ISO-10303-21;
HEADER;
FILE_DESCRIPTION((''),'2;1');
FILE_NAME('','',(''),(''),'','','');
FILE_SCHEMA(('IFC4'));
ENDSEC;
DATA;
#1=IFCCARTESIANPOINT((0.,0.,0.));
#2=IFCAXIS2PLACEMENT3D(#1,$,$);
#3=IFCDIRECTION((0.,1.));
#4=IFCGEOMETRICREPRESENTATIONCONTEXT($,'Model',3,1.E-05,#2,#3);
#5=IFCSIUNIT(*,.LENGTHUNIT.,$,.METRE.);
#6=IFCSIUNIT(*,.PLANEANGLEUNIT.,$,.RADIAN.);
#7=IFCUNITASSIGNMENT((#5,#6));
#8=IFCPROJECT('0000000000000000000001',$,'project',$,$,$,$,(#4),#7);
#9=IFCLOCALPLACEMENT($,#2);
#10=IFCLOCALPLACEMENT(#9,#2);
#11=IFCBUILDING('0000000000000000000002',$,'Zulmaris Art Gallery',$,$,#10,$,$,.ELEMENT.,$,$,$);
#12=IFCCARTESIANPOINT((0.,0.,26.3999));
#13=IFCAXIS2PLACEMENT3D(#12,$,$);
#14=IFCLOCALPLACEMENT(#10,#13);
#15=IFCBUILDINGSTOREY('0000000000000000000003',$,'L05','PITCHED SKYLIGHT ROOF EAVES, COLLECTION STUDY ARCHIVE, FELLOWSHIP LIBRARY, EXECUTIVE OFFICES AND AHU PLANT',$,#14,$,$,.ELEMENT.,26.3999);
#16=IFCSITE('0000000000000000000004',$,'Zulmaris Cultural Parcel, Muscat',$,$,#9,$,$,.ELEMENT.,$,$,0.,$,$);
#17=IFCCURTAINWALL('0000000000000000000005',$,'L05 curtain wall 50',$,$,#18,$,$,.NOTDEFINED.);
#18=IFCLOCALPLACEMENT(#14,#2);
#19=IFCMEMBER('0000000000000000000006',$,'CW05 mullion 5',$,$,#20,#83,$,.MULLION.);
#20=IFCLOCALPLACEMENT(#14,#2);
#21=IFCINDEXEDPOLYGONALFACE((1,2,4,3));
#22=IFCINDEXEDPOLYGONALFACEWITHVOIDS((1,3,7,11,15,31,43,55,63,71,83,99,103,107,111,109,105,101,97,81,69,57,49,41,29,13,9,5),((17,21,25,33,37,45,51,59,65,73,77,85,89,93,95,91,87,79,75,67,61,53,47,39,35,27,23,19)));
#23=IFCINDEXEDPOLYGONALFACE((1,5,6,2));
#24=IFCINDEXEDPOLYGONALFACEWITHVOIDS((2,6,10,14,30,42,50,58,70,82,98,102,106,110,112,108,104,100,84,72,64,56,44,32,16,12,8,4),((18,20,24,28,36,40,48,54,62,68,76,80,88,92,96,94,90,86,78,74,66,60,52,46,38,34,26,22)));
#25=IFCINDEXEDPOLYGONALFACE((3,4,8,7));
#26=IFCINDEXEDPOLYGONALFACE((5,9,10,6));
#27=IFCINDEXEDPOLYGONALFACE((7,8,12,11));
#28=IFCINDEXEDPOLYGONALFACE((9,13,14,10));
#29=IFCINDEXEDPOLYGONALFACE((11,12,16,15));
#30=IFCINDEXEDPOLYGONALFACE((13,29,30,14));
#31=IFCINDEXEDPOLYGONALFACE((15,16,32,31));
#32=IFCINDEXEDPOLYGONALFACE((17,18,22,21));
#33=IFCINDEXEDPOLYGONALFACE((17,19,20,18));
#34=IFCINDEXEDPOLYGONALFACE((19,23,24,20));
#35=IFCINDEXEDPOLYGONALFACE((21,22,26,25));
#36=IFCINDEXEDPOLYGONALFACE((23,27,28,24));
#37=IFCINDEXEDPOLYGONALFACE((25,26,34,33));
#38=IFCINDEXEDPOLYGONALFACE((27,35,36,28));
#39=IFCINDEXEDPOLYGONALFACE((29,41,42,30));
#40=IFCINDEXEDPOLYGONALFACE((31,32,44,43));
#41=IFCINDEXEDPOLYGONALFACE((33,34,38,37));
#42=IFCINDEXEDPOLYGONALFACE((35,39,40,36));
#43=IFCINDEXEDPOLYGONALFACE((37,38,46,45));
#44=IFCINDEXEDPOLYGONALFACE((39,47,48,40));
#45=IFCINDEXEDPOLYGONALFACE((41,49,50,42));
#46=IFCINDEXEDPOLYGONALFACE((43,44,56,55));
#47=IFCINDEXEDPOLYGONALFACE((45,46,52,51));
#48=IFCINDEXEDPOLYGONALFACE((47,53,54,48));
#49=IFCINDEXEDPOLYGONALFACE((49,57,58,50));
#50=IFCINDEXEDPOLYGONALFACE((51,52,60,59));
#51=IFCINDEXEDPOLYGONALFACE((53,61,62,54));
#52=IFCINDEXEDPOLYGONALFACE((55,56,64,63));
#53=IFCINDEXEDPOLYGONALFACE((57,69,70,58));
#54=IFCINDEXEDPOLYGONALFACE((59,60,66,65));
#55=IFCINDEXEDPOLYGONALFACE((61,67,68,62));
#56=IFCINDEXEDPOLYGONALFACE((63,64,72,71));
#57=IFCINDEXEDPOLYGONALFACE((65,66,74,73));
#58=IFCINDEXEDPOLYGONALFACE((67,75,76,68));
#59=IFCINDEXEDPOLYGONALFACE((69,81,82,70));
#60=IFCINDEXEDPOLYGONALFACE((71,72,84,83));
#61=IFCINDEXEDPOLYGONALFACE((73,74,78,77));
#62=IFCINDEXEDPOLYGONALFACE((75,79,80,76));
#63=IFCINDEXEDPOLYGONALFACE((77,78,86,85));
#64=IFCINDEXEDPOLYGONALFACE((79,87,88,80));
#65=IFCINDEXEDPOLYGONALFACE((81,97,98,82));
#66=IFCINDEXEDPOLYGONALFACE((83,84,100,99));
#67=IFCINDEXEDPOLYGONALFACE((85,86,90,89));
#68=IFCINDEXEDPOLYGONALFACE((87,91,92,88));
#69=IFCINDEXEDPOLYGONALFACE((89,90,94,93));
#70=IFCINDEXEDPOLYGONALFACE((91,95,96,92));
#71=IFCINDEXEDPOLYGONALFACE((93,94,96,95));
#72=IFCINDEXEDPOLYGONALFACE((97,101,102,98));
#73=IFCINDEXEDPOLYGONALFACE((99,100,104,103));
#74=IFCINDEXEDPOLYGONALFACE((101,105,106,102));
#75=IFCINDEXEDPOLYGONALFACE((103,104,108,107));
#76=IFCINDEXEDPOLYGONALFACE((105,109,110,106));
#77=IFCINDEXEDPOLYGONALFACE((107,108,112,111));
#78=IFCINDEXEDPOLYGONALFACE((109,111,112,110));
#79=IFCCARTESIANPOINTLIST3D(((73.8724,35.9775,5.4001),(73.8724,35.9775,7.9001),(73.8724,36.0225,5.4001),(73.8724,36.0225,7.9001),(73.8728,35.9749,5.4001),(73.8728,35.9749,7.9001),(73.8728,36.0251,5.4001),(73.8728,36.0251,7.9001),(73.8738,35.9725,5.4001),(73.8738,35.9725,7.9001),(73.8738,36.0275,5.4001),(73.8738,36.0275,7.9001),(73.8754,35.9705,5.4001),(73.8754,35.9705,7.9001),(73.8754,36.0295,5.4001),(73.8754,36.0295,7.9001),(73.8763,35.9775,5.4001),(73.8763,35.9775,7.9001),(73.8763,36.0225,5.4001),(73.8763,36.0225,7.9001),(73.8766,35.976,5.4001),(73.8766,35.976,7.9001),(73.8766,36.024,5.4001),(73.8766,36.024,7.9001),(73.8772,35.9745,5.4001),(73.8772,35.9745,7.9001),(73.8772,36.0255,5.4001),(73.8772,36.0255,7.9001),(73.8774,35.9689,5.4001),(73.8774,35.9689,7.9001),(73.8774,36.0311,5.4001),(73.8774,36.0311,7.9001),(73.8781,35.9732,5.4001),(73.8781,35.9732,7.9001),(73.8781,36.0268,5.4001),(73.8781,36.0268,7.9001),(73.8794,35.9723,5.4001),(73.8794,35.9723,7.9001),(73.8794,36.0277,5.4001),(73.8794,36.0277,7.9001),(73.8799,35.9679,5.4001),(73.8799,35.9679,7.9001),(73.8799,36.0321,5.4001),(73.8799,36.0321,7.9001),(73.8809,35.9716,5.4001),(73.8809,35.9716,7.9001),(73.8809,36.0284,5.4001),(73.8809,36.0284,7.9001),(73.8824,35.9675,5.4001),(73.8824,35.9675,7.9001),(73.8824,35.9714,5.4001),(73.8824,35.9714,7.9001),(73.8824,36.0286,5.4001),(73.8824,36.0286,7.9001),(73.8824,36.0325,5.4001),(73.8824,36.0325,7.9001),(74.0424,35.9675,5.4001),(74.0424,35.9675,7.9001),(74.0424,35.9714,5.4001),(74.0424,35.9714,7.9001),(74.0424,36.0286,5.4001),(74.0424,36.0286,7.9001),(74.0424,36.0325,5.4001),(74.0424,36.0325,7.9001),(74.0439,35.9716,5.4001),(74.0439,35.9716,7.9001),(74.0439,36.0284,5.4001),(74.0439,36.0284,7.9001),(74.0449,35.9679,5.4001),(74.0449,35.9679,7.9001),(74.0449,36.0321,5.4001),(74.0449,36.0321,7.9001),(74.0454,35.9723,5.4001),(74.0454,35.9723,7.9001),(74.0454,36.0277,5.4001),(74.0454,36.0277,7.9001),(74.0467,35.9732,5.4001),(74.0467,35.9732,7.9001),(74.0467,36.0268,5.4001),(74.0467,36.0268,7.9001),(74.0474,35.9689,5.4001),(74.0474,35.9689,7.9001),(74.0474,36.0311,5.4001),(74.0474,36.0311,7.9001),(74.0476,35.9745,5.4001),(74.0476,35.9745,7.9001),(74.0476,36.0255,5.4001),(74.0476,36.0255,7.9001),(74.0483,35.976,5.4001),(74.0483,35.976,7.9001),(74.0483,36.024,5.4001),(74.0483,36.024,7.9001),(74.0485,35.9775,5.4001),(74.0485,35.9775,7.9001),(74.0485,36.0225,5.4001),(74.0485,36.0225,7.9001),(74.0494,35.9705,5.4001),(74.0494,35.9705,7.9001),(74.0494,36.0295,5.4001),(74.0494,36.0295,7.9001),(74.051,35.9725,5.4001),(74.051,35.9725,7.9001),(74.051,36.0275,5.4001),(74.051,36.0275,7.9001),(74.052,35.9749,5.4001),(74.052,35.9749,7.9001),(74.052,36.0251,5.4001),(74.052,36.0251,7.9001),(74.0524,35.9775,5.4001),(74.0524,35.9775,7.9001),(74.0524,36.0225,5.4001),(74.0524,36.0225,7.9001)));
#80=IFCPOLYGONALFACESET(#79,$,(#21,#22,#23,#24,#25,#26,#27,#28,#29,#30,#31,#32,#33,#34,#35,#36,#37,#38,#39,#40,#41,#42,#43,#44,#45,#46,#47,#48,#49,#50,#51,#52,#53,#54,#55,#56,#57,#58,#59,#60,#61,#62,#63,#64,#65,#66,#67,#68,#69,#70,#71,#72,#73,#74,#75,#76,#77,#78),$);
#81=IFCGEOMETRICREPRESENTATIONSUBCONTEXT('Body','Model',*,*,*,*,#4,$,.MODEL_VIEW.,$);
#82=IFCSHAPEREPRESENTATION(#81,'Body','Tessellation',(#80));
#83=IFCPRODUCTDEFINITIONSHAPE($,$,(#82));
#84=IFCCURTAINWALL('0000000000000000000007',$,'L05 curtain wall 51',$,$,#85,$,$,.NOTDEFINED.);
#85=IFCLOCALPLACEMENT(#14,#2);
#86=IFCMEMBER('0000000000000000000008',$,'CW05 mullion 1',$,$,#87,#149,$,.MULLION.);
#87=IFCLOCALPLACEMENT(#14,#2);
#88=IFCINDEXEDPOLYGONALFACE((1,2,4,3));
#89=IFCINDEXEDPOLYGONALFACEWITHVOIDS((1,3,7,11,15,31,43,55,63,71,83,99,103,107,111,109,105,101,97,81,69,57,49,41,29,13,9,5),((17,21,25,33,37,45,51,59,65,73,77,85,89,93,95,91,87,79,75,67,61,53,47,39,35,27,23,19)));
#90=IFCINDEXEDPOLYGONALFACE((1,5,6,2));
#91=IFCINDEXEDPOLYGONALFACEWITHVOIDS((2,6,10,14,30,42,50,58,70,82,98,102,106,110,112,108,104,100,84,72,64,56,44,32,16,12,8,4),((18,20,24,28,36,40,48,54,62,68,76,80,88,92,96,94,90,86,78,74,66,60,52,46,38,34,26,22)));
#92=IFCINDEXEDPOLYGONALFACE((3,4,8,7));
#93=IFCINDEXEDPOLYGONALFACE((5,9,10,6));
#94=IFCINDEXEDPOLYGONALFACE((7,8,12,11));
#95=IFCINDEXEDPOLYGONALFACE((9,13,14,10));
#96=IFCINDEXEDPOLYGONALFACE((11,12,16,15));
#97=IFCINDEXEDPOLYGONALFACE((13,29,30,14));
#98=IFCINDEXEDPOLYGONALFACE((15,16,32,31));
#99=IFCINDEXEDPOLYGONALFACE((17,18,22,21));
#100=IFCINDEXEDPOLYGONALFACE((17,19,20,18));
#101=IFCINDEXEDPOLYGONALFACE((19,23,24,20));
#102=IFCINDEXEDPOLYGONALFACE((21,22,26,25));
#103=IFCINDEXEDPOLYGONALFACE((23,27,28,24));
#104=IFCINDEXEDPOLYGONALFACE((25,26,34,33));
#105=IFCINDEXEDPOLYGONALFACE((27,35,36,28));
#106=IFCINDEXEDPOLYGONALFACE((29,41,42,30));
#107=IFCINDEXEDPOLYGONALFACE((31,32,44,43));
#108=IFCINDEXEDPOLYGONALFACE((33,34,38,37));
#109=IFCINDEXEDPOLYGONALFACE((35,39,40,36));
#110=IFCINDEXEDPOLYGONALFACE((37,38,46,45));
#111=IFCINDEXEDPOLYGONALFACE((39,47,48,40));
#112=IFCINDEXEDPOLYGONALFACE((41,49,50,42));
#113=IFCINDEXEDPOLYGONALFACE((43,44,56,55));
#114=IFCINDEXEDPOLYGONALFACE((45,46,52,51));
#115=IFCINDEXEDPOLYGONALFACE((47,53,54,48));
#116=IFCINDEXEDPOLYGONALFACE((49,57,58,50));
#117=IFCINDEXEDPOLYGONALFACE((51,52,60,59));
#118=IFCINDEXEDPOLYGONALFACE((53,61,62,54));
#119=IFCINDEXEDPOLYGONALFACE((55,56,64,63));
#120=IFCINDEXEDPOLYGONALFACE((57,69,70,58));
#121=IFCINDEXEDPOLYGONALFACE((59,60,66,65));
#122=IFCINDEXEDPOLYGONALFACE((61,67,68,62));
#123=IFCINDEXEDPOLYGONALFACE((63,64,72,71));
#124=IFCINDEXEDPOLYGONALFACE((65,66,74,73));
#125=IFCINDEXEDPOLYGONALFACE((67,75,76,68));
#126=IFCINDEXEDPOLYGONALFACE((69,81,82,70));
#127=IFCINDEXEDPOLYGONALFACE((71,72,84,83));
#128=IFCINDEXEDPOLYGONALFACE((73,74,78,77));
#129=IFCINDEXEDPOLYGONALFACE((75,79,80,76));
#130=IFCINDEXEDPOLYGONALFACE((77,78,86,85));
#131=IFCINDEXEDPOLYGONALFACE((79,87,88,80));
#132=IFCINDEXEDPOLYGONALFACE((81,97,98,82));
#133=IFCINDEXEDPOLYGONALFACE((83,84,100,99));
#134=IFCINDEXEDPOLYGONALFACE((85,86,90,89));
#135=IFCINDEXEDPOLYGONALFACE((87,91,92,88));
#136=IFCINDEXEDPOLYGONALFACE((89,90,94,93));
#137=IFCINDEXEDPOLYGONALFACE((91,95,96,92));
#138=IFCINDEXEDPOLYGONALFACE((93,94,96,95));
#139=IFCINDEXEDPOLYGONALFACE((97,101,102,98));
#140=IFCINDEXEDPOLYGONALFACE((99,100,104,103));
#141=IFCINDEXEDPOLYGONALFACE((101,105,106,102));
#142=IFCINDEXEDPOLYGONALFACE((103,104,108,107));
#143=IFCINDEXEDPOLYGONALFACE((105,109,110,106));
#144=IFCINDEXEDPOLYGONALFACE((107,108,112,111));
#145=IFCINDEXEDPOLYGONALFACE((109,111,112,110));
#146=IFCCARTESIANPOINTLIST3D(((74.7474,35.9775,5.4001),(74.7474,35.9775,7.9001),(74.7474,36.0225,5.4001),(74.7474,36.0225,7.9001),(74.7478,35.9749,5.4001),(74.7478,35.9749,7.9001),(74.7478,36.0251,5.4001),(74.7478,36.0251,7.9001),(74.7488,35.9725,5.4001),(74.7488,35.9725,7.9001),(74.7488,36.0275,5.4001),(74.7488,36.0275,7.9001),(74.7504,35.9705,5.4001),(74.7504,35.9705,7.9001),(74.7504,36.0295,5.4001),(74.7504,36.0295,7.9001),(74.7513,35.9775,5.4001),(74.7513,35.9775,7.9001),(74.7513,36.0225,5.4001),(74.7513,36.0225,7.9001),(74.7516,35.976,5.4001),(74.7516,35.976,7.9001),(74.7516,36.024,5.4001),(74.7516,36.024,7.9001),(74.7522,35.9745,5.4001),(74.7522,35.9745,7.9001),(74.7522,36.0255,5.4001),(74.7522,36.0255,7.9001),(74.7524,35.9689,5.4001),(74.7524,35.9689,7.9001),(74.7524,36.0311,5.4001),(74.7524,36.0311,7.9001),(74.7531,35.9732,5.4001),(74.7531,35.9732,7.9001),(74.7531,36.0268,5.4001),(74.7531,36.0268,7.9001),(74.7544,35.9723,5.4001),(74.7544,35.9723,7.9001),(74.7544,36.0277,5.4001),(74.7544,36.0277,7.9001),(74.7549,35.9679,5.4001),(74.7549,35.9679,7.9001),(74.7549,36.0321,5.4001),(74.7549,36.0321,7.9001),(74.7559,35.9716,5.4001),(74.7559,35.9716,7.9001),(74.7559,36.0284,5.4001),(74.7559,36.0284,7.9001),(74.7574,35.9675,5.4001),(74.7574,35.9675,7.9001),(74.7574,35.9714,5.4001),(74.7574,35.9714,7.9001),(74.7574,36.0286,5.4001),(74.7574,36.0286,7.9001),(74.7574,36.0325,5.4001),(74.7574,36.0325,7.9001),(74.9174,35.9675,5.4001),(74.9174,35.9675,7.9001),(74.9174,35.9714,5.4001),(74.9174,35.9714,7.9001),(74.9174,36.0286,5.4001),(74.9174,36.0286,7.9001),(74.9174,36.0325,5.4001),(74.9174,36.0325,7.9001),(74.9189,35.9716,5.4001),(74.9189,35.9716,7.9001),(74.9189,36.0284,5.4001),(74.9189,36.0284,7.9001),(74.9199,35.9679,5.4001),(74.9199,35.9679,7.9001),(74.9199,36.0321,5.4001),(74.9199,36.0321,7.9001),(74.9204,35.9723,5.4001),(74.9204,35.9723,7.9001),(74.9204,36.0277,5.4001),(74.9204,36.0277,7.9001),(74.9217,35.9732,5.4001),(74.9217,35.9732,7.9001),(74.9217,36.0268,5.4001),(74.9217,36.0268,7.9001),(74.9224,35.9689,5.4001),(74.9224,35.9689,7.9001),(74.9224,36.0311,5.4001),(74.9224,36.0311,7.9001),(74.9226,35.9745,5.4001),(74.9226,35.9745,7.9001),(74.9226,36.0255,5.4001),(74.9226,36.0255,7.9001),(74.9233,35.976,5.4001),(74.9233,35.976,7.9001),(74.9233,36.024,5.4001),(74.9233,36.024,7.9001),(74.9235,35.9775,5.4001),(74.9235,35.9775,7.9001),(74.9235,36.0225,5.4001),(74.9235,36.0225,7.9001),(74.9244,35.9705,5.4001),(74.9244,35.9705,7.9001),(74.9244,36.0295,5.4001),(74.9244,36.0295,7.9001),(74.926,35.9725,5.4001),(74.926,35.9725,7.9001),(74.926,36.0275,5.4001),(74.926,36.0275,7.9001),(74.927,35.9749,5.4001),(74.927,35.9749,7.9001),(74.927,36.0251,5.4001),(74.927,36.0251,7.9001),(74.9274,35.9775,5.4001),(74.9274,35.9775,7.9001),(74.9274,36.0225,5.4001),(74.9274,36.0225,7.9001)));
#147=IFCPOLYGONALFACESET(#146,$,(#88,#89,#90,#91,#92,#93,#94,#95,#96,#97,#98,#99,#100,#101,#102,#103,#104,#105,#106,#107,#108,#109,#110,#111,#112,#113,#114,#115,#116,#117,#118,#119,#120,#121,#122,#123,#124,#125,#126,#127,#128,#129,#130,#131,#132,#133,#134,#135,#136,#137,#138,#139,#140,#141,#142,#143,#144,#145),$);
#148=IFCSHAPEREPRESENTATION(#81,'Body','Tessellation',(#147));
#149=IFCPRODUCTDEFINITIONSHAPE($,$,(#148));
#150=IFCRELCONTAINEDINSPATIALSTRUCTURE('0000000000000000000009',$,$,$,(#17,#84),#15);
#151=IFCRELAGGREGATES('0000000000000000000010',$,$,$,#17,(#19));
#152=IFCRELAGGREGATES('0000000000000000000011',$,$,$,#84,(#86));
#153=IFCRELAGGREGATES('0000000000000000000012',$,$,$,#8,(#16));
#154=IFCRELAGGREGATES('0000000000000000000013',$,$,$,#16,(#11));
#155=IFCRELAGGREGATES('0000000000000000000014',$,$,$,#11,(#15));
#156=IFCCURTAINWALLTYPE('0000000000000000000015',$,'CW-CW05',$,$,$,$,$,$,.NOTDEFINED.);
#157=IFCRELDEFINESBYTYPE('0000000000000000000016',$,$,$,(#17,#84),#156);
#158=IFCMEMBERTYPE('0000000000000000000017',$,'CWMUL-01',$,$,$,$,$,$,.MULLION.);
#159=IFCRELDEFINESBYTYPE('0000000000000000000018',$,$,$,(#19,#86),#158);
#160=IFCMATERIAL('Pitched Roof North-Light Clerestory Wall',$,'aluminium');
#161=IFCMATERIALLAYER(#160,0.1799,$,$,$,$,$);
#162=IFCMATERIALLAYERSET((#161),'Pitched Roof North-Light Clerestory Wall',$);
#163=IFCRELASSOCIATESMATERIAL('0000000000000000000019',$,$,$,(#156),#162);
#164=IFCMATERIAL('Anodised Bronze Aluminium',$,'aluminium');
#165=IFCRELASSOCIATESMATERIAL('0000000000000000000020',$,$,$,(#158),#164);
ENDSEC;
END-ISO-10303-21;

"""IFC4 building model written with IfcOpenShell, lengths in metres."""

from ifc_helpers import new_model, si_unit, direction, frame, origin, origin_2d, place, context, subcontext, project, spatial, hollow_rectangle, extrude, material, layer, layer_set, material_profile, profile_set, type_object, element, aggregate, save


model = new_model("IFC4")

# Units and contexts
model_context = context("Model", 3, precision=1e-05, world=origin(), true_north=direction((0.0, 1.0)))
body_context = subcontext(model_context, "Body", "Model", "MODEL_VIEW")
ifc_project = project(units=[si_unit("LENGTHUNIT", "METRE"), si_unit("PLANEANGLEUNIT", "RADIAN")], contexts=[model_context])

# Site, building, storey
site_placement = place(None, origin())
site = spatial("IfcSite", under=ifc_project, at=site_placement, Name="Zulmaris Cultural Parcel, Muscat", CompositionType="ELEMENT", RefElevation=0.0)
building_placement = place(site_placement, origin())
building = spatial("IfcBuilding", under=site, at=building_placement, Name="Zulmaris Art Gallery", CompositionType="ELEMENT")
storey_placement = place(building_placement, frame((0.0, 0.0, 26.3999)))
storey = spatial("IfcBuildingStorey", under=building, at=storey_placement, Name="L05", Description="PITCHED SKYLIGHT ROOF EAVES, COLLECTION STUDY ARCHIVE, FELLOWSHIP LIBRARY, EXECUTIVE OFFICES AND AHU PLANT", CompositionType="ELEMENT", Elevation=26.3999)

# Curtain wall, member
ifc_material_1 = material(Name="Pitched Roof North-Light Clerestory Wall", Category="aluminium")
ifc_layer_1 = layer(ifc_material_1, 0.1799)
ifc_layer_set_1 = layer_set([ifc_layer_1], Name="Pitched Roof North-Light Clerestory Wall")
curtain_wall_type = type_object("IfcCurtainWallType", Name="CW-CW05", PredefinedType="NOTDEFINED", material=ifc_layer_set_1)
curtain_wall_1_placement = place(storey_placement, origin())
curtain_wall_1 = element("IfcCurtainWall", 1, at=curtain_wall_1_placement, inside=storey, type_object=curtain_wall_type, Name="L05 curtain wall 50", PredefinedType="NOTDEFINED")
ifc_material_2 = material(Name="Anodised Bronze Aluminium", Category="aluminium")
ifc_material_profile_1 = material_profile(ifc_material_2, hollow_rectangle(XDim=0.0649, YDim=0.1799, WallThickness=0.0039, InnerFilletRadius=0.0061, OuterFilletRadius=0.01, at=origin_2d()), Name="ALU 65x180x4")
ifc_profile_set_1 = profile_set([ifc_material_profile_1], Name="Anodised Bronze Aluminium")
member_type_1 = type_object("IfcMemberType", Name="CWMUL-01", PredefinedType="MULLION", material=ifc_profile_set_1)
member_1_placement = place(storey_placement, frame((73.9624, 36.0, 5.4001), z_axis=(0.0, 0.0, 1.0), x_axis=(0.0, 1.0, 0.0)))
member_1 = element("IfcMember", 2, at=member_1_placement, type_object=member_type_1, Name="CW05 mullion 5", PredefinedType="MULLION", context=body_context, shape_type="SweptSolid", body=[
    extrude(hollow_rectangle(XDim=0.0649, YDim=0.1799, WallThickness=0.0039, InnerFilletRadius=0.0061, OuterFilletRadius=0.01, at=origin_2d()), origin(), (0.0, 0.0, 1.0), 2.5),
])

# Curtain wall, member
curtain_wall_2_placement = place(storey_placement, origin())
curtain_wall_2 = element("IfcCurtainWall", 3, at=curtain_wall_2_placement, inside=storey, type_object=curtain_wall_type, Name="L05 curtain wall 51", PredefinedType="NOTDEFINED")
member_2_placement = place(storey_placement, frame((74.8374, 36.0, 5.4001), z_axis=(0.0, 0.0, 1.0), x_axis=(0.0, 1.0, 0.0)))
member_2 = element("IfcMember", 4, at=member_2_placement, type_object=member_type_1, Name="CW05 mullion 1", PredefinedType="MULLION", context=body_context, shape_type="SweptSolid", body=[
    extrude(hollow_rectangle(XDim=0.0649, YDim=0.1799, WallThickness=0.0039, InnerFilletRadius=0.0061, OuterFilletRadius=0.01, at=origin_2d()), origin(), (0.0, 0.0, 1.0), 2.5),
])

aggregate(curtain_wall_1, [member_1])
aggregate(curtain_wall_2, [member_2])

save(model, "model.ifc")
